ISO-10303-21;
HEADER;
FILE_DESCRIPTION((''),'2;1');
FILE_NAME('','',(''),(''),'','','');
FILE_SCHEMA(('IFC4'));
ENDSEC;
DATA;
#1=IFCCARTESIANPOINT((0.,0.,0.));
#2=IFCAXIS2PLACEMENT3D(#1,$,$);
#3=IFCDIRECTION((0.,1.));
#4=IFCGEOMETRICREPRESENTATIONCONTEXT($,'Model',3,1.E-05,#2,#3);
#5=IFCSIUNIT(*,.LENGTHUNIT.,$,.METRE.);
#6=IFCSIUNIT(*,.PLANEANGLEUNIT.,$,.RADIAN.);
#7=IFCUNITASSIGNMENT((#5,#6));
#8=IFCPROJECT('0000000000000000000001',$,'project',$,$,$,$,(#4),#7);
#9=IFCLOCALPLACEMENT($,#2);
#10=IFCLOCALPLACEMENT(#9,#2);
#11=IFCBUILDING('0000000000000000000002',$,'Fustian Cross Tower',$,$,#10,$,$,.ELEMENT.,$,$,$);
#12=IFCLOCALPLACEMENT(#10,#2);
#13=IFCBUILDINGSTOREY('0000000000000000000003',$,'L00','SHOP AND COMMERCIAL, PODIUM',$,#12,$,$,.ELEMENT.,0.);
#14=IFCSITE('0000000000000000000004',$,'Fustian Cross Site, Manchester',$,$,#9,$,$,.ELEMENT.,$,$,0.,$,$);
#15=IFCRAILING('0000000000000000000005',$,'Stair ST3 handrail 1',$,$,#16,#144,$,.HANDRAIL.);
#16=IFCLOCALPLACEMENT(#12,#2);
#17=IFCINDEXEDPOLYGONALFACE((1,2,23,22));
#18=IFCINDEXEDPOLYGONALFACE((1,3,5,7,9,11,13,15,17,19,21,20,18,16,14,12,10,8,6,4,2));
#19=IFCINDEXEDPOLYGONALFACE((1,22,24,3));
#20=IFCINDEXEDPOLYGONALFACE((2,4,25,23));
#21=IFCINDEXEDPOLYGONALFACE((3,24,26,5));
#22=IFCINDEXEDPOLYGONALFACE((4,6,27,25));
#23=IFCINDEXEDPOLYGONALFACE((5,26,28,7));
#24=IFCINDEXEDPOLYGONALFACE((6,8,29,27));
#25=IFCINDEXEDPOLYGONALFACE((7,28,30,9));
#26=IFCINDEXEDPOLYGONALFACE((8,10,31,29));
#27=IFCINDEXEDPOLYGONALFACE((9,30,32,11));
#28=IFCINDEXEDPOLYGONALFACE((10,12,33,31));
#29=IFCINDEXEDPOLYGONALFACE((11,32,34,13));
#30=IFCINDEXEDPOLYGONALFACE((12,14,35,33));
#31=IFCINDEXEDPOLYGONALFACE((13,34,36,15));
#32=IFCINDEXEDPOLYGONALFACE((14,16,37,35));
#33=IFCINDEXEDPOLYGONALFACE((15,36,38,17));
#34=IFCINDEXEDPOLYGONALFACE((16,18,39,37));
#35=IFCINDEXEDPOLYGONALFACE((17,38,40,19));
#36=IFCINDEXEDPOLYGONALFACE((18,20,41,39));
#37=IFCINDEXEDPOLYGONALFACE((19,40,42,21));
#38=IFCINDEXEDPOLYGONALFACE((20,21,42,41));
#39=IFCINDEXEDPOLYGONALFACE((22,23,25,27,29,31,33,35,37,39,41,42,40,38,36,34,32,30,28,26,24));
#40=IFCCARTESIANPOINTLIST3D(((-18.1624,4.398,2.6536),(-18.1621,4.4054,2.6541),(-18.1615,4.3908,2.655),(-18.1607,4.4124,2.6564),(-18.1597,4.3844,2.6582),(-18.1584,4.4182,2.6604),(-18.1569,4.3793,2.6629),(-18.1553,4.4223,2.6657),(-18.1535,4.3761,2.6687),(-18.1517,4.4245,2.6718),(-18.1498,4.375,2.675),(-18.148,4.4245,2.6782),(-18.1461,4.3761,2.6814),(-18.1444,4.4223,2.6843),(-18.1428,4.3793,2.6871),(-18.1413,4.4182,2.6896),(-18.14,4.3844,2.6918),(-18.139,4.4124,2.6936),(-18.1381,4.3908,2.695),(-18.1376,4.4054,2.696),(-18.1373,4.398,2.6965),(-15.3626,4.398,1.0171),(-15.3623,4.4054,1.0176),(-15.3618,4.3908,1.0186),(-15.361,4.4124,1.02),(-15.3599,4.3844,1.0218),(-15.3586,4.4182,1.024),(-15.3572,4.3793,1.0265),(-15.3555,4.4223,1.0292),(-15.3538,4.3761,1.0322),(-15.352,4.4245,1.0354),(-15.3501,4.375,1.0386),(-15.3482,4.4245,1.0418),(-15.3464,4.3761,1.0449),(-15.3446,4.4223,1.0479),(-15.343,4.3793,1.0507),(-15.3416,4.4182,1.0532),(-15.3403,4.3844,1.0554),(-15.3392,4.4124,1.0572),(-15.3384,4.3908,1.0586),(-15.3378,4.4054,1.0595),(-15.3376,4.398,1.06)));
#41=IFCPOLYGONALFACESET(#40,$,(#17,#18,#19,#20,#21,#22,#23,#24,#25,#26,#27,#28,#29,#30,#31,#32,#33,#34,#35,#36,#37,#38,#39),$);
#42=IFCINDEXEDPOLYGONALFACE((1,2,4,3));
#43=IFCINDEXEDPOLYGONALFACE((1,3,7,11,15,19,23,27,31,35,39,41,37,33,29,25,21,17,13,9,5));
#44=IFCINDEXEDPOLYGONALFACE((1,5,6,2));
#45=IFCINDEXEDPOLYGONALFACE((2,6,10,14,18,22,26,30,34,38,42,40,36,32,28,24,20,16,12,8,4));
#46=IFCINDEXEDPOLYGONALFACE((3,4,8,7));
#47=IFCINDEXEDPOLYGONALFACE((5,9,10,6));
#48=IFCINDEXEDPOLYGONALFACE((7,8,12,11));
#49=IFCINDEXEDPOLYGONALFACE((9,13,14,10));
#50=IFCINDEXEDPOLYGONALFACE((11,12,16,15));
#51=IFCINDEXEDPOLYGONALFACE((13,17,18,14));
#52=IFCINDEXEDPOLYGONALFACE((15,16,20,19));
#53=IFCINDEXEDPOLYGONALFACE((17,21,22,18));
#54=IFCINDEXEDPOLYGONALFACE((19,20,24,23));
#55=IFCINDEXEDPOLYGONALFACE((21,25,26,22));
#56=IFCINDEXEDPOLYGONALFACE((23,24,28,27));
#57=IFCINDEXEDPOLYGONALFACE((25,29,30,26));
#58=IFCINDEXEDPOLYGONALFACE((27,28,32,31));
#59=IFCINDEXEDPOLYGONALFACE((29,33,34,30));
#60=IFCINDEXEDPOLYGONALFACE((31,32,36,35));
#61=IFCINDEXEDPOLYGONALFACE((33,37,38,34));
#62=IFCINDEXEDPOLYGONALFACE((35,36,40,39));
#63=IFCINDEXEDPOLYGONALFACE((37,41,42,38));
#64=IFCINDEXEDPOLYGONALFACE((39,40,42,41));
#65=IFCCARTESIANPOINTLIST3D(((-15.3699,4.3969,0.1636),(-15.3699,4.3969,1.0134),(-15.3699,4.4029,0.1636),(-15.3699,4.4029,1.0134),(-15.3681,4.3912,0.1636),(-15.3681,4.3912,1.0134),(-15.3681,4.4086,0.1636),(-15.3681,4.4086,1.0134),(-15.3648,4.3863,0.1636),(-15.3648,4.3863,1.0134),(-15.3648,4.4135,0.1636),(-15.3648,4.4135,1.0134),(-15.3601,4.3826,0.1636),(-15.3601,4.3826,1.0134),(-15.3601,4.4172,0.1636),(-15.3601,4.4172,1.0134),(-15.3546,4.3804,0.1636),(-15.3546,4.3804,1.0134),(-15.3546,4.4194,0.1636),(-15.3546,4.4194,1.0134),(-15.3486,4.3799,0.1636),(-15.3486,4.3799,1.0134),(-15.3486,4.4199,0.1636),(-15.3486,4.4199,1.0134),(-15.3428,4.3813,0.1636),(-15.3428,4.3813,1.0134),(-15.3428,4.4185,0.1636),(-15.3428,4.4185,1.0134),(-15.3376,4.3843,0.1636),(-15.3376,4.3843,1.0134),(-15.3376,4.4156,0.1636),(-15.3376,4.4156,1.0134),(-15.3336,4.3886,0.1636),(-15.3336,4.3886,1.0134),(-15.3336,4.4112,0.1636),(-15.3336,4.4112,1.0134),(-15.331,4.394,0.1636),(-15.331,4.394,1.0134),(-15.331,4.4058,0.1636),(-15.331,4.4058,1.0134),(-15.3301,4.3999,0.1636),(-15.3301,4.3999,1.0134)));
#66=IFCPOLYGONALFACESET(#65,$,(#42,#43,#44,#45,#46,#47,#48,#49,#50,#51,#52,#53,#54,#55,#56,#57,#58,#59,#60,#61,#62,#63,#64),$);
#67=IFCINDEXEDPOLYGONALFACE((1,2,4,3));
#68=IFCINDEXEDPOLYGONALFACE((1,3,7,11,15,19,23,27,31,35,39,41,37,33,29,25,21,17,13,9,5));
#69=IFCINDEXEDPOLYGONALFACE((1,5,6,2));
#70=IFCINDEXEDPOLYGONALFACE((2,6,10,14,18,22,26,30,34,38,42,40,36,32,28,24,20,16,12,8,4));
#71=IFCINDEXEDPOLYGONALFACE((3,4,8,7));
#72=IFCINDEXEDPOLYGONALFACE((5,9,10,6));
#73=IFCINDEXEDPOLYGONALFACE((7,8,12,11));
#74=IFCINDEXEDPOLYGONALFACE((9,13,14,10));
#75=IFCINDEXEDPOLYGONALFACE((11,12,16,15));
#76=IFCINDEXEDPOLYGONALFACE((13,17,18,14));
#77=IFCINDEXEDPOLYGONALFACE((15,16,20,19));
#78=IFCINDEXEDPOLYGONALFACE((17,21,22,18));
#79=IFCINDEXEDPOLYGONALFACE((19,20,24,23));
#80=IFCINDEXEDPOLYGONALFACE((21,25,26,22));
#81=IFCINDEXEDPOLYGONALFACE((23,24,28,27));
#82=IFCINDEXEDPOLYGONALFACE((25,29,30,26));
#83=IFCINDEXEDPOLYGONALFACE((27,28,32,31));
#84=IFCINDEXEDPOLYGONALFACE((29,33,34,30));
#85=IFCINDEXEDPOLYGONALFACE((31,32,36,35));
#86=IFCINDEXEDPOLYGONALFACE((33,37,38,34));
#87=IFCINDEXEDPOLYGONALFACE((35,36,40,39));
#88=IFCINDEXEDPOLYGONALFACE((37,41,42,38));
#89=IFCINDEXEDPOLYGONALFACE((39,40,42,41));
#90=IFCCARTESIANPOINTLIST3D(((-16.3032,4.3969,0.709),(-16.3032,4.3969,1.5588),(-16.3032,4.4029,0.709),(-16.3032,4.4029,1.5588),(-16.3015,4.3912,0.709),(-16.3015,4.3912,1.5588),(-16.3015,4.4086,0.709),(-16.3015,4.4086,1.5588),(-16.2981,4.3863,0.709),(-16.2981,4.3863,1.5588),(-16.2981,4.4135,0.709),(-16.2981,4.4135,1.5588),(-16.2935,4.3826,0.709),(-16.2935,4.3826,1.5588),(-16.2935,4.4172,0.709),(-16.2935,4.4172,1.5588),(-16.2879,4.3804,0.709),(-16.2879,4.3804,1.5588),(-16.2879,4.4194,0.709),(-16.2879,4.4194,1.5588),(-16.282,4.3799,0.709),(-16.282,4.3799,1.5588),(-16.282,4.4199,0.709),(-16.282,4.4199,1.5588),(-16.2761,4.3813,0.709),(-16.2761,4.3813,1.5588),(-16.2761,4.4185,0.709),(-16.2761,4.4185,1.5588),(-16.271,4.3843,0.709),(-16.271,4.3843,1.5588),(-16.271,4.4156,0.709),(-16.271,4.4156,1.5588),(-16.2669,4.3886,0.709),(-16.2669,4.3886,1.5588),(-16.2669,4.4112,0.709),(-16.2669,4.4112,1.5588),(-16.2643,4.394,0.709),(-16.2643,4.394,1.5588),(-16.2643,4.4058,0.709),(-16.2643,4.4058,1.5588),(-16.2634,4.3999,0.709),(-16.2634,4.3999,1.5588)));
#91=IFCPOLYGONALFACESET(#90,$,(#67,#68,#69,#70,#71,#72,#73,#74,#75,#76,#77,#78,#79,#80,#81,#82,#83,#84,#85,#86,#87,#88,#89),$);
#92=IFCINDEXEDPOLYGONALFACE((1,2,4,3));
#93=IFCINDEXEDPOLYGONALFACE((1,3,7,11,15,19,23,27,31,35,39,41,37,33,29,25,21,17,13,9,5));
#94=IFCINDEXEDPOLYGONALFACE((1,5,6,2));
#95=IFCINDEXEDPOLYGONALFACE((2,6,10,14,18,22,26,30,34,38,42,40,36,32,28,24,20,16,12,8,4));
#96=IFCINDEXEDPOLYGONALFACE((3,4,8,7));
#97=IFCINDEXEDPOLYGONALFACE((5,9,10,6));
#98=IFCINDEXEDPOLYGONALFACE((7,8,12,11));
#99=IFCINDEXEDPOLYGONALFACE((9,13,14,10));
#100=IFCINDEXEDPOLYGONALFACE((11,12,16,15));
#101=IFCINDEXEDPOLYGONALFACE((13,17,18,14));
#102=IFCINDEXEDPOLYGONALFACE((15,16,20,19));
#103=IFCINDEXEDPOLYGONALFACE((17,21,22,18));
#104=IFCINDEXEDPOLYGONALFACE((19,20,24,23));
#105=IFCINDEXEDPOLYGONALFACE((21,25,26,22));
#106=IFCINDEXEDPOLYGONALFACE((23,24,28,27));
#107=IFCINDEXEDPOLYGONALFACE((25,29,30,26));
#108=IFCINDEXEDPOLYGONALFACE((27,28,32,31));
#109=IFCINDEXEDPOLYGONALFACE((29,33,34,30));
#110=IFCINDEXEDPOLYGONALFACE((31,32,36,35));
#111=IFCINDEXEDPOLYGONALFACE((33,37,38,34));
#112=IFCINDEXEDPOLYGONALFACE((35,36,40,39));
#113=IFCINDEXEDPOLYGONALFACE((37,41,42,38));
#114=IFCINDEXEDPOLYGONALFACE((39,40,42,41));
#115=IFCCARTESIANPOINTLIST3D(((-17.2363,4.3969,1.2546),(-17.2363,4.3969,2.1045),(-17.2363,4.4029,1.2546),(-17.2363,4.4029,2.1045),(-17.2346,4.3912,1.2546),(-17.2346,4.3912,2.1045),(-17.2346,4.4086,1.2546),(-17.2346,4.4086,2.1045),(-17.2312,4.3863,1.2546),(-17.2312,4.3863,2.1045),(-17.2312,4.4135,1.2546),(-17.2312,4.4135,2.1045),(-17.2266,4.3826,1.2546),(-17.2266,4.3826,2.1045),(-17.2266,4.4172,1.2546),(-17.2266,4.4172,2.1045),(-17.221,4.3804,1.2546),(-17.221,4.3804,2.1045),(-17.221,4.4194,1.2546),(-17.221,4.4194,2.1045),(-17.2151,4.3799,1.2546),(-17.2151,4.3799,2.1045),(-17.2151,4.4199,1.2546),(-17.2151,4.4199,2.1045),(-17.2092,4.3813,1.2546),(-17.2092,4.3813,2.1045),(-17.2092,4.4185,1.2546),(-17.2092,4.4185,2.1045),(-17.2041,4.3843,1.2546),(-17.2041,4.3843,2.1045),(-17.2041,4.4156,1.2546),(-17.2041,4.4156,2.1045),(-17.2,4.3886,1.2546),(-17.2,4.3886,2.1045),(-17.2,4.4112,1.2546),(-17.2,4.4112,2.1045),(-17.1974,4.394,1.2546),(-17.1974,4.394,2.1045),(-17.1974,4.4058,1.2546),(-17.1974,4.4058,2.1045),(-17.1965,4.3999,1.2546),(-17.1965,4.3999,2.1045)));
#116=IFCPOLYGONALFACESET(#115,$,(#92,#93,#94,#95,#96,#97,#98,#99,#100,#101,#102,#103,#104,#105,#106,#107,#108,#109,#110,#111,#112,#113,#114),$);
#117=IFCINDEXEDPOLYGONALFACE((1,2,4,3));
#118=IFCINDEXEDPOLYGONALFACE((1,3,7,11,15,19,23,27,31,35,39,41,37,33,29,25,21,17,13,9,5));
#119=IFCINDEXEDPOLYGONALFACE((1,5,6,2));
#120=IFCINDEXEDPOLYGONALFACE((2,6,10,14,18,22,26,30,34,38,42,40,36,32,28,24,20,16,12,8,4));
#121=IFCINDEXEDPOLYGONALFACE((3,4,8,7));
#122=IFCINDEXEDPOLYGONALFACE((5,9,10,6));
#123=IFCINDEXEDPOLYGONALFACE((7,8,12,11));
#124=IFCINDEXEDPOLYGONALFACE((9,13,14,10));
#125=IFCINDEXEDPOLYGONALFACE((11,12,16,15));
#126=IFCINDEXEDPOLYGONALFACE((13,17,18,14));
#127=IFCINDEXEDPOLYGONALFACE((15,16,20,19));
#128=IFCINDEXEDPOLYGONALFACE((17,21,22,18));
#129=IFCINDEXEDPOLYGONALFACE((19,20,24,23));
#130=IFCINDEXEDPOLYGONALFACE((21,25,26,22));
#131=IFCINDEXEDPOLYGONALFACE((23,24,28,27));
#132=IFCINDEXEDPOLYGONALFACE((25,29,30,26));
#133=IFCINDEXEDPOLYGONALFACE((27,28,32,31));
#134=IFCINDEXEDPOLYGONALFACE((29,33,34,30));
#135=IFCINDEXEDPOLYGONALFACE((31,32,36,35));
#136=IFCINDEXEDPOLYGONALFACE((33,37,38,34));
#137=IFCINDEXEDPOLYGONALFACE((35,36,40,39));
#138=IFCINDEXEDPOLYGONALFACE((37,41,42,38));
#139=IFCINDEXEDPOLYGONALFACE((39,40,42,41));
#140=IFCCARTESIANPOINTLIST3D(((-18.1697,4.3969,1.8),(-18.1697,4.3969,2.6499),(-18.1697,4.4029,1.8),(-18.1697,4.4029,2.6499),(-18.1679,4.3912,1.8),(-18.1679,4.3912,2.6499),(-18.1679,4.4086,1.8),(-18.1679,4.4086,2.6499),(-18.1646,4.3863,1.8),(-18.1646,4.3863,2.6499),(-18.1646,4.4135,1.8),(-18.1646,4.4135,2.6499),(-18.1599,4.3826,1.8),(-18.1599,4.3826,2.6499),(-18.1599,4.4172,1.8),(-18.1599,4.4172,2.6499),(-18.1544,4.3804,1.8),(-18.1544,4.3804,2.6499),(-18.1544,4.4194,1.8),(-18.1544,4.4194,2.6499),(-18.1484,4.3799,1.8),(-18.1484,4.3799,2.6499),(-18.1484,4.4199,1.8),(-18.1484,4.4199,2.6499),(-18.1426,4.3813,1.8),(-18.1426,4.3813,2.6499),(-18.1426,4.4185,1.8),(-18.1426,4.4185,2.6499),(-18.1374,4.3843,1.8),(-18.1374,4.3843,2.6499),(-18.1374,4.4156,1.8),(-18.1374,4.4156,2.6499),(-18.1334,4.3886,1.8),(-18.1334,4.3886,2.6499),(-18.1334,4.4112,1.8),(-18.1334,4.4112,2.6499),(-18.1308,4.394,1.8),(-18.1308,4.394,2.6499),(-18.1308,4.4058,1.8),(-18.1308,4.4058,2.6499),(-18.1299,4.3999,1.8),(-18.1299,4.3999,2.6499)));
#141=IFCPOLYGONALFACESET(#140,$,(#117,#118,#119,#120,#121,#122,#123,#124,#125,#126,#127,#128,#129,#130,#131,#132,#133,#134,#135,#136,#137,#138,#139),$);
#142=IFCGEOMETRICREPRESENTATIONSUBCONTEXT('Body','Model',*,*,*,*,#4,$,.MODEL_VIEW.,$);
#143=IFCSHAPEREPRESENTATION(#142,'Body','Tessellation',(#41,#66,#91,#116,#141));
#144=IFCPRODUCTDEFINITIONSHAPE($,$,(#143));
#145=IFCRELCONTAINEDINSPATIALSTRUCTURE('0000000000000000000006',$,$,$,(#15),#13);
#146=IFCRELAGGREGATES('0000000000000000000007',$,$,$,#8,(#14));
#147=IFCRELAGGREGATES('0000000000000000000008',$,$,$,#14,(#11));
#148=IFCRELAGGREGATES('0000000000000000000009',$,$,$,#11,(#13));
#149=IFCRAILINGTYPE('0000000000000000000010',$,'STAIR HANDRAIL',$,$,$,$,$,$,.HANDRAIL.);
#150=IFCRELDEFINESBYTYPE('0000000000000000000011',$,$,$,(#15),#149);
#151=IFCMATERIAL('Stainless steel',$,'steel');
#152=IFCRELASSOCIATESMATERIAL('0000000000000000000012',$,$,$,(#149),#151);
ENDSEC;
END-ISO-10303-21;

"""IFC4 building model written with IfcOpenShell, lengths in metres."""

from ifc_helpers import new_model, si_unit, direction, frame, origin, origin_2d, place, context, subcontext, project, spatial, circle, extrude, material, type_object, element, save


model = new_model("IFC4")

# Units and contexts
model_context = context("Model", 3, precision=1e-05, world=origin(), true_north=direction((0.0, 1.0)))
body_context = subcontext(model_context, "Body", "Model", "MODEL_VIEW")
ifc_project = project(units=[si_unit("LENGTHUNIT", "METRE"), si_unit("PLANEANGLEUNIT", "RADIAN")], contexts=[model_context])

# Site, building, storey
site_placement = place(None, origin())
site = spatial("IfcSite", under=ifc_project, at=site_placement, Name="Fustian Cross Site, Manchester", CompositionType="ELEMENT", RefElevation=0.0)
building_placement = place(site_placement, origin())
building = spatial("IfcBuilding", under=site, at=building_placement, Name="Fustian Cross Tower", CompositionType="ELEMENT")
storey_placement = place(building_placement, origin())
storey = spatial("IfcBuildingStorey", under=building, at=storey_placement, Name="L00", Description="SHOP AND COMMERCIAL, PODIUM", CompositionType="ELEMENT", Elevation=0.0)

# Railing
ifc_material_1 = material(Name="Stainless steel", Category="steel")
railing_type = type_object("IfcRailingType", Name="STAIR HANDRAIL", PredefinedType="HANDRAIL", material=ifc_material_1)
railing_1_placement = place(storey_placement, frame((-15.3501, 4.3999, 0.1636)))
element("IfcRailing", 1, at=railing_1_placement, inside=storey, type_object=railing_type, Name="Stair ST3 handrail 1", PredefinedType="HANDRAIL", context=body_context, shape_type="SweptSolid", body=[
    extrude(circle(Radius=0.0249, at=origin_2d()), frame((0.0, 0.0, 0.875), z_axis=(-0.863342, 0.0, 0.50462), x_axis=(0.0, -1.0, 0.0)), (0.0, 0.0, 1.0), 3.2429),
    extrude(circle(Radius=0.02, at=origin_2d()), origin(), (0.0, 0.0, 1.0), 0.8499),
    extrude(circle(Radius=0.02, at=origin_2d()), frame((-0.9333, 0.0, 0.5454)), (0.0, 0.0, 1.0), 0.8499),
    extrude(circle(Radius=0.02, at=origin_2d()), frame((-1.8665, 0.0, 1.0911)), (0.0, 0.0, 1.0), 0.8499),
    extrude(circle(Radius=0.02, at=origin_2d()), frame((-2.7998, 0.0, 1.6365)), (0.0, 0.0, 1.0), 0.8499),
])

save(model, "model.ifc")
